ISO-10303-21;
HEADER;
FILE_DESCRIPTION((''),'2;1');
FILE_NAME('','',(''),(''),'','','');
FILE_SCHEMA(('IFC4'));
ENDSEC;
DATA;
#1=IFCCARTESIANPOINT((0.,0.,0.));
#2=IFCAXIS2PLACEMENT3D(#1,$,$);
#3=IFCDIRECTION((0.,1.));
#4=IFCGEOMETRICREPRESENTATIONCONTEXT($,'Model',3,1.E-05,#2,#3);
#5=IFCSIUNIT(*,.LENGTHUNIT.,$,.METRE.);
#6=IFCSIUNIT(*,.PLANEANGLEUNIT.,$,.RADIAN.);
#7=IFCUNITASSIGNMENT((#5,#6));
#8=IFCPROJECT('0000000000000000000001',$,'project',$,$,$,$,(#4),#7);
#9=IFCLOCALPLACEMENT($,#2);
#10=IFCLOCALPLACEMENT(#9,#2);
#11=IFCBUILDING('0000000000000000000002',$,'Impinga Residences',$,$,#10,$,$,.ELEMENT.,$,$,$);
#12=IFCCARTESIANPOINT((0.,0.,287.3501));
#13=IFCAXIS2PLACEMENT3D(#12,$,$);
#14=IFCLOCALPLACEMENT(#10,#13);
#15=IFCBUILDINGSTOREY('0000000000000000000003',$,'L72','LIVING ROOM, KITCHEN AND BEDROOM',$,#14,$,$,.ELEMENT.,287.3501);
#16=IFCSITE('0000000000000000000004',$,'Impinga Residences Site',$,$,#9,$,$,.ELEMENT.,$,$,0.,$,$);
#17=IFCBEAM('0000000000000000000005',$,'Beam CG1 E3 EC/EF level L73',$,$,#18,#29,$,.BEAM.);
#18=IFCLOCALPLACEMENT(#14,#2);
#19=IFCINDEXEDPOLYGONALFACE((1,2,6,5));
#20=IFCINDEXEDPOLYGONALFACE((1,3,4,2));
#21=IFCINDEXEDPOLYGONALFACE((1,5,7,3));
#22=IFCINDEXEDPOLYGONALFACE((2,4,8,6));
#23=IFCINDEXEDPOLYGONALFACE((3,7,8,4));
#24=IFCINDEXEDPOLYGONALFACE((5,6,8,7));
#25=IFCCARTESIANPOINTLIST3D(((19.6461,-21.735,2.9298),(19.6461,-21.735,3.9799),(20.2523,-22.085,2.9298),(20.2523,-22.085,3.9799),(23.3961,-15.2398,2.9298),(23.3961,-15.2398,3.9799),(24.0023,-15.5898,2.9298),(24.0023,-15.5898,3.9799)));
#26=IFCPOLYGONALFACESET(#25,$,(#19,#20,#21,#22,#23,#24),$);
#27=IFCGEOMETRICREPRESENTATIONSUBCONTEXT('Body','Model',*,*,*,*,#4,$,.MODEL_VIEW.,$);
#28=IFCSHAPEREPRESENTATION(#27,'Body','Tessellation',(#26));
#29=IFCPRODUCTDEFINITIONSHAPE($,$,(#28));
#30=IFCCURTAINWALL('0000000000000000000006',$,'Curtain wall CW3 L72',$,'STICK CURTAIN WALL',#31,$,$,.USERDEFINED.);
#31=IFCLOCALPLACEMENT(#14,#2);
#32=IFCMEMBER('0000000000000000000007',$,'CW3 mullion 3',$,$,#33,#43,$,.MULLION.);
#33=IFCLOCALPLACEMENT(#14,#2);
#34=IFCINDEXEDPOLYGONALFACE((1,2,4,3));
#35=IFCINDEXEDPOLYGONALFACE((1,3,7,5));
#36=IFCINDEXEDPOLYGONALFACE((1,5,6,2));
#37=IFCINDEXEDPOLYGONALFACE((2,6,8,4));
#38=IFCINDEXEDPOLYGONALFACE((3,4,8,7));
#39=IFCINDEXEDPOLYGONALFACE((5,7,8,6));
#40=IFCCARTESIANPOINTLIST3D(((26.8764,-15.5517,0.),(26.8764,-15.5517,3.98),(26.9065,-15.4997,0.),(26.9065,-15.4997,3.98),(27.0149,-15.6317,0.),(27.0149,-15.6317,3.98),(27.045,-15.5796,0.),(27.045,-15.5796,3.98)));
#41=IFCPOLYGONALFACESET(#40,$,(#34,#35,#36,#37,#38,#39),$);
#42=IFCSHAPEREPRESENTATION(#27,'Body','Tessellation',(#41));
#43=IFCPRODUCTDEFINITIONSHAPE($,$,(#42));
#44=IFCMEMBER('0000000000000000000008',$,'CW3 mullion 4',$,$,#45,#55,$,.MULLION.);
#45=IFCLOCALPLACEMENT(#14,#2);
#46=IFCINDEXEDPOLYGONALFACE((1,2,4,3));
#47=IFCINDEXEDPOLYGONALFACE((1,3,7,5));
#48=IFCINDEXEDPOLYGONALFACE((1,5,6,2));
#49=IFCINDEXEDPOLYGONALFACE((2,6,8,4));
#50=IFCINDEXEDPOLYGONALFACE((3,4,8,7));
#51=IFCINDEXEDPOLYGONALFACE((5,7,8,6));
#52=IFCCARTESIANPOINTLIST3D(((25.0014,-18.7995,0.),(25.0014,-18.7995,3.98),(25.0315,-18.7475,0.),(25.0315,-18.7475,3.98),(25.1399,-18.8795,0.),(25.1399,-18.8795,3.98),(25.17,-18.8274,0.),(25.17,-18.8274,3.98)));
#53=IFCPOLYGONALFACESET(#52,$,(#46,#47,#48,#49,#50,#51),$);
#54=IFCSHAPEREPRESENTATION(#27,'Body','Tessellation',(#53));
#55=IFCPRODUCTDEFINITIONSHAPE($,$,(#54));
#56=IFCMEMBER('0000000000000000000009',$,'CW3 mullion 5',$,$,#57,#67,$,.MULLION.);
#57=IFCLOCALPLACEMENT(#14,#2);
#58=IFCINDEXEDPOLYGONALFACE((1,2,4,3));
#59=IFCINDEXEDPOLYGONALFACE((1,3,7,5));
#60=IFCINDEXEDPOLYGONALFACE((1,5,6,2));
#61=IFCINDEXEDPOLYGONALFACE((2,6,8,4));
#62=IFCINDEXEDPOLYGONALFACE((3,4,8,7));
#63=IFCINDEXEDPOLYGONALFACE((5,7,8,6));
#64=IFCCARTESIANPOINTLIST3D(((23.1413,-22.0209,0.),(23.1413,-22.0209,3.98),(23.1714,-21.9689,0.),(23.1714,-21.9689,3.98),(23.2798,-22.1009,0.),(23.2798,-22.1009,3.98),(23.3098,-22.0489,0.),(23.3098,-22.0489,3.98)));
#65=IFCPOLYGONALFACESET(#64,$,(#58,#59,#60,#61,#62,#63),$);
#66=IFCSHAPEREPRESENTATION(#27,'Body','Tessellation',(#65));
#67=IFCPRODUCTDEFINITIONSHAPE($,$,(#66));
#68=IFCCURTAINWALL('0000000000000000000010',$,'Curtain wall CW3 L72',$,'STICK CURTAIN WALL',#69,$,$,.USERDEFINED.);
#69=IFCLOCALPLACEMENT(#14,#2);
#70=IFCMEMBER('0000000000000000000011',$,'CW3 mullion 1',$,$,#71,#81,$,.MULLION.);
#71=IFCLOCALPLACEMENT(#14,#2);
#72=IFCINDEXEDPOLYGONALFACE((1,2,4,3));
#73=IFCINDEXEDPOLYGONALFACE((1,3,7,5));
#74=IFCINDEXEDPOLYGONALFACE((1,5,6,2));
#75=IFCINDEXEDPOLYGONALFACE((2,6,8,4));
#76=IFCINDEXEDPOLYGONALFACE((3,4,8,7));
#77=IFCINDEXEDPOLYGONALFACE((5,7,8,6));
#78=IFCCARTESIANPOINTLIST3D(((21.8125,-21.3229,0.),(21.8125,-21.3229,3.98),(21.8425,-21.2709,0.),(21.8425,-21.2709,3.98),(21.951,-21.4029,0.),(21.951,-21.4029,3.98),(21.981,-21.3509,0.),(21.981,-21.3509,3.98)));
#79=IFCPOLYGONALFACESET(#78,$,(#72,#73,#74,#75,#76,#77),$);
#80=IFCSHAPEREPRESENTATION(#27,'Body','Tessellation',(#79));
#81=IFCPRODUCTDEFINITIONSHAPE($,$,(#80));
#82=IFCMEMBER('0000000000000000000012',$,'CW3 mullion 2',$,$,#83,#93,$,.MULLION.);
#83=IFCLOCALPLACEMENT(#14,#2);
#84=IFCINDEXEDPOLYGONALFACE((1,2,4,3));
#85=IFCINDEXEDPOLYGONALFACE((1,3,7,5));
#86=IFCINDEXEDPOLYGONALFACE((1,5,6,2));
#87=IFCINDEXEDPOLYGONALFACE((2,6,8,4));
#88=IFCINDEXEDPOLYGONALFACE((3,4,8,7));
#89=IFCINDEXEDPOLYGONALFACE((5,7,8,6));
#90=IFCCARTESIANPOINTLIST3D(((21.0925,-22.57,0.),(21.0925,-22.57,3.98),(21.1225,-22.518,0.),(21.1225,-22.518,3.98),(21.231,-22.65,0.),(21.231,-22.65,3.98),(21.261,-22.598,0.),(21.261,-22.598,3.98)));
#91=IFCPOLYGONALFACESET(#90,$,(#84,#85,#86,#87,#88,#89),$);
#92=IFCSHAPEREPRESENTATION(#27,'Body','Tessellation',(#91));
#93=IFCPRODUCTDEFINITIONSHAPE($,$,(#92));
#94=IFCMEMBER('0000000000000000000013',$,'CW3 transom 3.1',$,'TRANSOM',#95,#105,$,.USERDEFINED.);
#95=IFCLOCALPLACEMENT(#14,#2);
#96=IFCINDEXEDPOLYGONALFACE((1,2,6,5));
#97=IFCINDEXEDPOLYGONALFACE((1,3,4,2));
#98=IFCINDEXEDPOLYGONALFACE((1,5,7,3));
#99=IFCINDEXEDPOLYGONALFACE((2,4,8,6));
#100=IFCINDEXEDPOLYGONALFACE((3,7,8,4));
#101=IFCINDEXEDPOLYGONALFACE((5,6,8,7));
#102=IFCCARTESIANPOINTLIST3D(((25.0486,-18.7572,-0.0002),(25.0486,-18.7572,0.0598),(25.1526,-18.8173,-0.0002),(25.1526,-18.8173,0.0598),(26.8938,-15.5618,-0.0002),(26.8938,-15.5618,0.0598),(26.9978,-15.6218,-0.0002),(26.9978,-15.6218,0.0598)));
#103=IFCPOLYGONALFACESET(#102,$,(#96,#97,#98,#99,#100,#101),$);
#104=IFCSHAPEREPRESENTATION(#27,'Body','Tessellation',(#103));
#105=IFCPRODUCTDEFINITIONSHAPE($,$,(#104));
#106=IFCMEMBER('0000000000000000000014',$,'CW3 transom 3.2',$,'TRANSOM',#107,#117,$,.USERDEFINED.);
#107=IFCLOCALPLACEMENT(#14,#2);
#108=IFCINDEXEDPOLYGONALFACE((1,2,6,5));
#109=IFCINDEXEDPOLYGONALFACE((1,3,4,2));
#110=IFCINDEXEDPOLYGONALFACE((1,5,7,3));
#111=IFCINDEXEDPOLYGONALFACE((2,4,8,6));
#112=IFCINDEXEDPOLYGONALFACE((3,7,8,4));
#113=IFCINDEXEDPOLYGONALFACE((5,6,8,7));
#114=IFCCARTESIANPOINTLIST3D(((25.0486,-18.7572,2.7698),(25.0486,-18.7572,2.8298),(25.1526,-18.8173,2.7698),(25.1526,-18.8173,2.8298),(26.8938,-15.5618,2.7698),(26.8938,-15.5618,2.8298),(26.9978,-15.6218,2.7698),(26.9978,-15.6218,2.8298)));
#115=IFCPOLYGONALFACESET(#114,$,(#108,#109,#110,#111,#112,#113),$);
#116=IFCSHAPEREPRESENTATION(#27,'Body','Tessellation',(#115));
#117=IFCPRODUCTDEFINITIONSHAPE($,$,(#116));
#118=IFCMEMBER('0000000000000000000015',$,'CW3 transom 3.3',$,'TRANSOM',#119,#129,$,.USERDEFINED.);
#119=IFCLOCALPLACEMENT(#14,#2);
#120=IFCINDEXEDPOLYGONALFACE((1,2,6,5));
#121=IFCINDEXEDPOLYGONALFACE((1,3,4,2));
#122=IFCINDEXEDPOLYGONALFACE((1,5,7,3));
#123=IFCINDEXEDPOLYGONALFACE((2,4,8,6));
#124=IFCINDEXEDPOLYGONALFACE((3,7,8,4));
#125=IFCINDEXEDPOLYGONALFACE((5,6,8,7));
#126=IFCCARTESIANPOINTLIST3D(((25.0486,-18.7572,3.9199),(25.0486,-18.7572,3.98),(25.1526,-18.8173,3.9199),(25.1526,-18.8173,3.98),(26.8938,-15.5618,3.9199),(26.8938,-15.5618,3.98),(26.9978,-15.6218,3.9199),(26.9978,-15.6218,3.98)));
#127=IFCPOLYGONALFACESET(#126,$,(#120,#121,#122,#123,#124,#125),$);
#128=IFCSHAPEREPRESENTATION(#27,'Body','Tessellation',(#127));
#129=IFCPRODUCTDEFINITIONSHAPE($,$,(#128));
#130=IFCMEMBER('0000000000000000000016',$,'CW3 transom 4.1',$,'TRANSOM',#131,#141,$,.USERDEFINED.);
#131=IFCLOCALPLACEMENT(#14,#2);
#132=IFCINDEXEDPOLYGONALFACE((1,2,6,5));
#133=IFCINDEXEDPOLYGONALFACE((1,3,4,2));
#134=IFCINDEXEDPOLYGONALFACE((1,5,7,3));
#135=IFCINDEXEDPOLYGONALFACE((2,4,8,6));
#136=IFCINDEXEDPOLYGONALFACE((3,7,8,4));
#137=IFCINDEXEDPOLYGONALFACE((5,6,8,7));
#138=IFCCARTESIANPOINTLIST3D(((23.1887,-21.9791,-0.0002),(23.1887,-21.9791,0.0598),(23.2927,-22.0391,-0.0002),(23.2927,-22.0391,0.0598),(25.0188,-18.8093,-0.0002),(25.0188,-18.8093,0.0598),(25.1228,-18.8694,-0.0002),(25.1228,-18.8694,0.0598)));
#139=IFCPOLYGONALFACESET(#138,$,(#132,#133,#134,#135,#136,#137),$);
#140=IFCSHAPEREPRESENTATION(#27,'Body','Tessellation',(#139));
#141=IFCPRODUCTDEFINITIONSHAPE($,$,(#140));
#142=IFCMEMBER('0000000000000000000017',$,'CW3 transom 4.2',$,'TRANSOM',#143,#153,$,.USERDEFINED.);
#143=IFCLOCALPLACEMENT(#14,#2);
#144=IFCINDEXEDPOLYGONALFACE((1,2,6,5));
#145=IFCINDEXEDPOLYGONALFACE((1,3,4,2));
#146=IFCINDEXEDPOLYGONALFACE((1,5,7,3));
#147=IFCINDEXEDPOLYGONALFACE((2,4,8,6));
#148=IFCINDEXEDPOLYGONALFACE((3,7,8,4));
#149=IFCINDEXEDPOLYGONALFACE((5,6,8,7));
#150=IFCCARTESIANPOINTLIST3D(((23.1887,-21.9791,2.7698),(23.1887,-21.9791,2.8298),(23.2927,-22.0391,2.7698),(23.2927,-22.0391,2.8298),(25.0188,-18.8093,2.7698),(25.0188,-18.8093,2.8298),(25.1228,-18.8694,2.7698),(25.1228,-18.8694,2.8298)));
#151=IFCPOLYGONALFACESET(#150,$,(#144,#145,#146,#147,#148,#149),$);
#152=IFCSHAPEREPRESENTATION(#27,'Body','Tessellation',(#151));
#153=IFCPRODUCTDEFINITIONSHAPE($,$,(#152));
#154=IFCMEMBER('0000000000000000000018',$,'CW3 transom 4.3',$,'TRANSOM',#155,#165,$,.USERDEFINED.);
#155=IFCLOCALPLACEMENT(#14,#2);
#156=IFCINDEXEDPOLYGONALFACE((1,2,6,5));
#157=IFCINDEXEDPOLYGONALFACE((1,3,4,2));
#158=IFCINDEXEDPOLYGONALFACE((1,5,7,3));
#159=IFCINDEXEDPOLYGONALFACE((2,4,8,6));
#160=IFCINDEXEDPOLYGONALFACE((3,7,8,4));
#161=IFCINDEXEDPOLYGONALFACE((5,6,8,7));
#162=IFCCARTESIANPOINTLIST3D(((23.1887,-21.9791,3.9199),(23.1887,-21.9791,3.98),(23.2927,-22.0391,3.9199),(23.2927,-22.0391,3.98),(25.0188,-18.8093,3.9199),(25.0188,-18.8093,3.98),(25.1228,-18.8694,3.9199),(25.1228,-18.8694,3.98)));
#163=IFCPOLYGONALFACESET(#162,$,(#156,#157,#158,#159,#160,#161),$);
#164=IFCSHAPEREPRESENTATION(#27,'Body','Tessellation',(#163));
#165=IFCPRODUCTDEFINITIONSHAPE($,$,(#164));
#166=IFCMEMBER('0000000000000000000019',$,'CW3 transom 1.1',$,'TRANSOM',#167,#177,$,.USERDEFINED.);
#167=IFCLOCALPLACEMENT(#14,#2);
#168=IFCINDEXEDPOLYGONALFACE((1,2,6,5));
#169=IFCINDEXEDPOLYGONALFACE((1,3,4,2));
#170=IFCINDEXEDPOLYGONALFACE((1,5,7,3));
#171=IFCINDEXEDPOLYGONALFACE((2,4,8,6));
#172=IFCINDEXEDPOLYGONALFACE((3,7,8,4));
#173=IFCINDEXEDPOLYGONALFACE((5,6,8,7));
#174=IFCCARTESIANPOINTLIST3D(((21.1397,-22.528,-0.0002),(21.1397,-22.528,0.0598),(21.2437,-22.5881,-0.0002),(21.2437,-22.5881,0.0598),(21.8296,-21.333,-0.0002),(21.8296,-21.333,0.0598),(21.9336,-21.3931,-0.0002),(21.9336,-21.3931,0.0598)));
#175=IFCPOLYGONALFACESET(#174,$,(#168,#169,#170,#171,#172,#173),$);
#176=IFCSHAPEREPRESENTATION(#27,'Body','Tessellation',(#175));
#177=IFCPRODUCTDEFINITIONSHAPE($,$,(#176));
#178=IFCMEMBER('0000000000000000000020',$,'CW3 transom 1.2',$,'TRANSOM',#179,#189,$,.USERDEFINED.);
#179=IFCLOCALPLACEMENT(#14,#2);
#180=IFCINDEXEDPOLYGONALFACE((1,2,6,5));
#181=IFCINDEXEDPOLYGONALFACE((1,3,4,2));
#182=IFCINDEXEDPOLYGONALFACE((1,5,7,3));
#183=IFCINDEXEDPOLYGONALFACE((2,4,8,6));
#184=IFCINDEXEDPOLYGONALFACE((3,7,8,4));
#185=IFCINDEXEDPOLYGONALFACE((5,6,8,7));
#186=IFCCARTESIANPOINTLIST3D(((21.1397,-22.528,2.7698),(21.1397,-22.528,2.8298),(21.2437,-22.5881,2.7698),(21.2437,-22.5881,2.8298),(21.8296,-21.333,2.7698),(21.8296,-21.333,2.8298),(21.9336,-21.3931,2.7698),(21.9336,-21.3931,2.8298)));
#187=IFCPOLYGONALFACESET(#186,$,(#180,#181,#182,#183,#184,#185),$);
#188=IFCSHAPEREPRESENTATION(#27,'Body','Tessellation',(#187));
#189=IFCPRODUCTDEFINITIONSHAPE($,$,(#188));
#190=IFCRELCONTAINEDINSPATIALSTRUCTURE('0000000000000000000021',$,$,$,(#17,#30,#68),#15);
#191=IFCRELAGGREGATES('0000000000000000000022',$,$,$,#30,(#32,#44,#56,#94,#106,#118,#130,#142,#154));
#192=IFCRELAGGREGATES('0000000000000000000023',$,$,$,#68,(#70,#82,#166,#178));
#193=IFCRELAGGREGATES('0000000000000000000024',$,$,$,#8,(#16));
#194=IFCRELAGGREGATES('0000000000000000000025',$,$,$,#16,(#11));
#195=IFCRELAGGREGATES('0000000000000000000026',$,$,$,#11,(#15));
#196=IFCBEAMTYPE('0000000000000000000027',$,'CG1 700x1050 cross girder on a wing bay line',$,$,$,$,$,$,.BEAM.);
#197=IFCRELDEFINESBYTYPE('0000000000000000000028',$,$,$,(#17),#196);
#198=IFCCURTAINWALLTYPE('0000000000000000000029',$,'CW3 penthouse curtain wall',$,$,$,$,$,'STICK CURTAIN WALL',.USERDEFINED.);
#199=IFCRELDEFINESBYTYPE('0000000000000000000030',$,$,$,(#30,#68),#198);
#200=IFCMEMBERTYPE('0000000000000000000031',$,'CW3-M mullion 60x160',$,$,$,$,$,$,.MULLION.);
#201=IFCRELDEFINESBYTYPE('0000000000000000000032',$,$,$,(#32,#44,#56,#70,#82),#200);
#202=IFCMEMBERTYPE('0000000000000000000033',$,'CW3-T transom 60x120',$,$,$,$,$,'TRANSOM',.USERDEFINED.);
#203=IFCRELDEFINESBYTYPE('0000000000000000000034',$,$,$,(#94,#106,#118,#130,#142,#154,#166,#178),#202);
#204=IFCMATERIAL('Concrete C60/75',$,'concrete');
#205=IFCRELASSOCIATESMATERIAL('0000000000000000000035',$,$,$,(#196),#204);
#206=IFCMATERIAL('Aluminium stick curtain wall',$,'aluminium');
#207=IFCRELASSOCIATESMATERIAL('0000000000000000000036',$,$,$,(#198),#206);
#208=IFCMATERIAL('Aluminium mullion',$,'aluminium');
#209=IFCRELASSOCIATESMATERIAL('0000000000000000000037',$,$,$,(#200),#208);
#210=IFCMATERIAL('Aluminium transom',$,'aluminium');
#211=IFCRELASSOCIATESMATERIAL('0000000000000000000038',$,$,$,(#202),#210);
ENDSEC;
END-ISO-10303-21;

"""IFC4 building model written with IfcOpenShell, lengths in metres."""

from ifc_helpers import new_model, si_unit, direction, frame, origin, origin_2d, place, context, subcontext, project, spatial, rectangle, extrude, material, material_profile, profile_set, type_object, element, aggregate, save


model = new_model("IFC4")

# Units and contexts
model_context = context("Model", 3, precision=1e-05, world=origin(), true_north=direction((0.0, 1.0)))
body_context = subcontext(model_context, "Body", "Model", "MODEL_VIEW")
ifc_project = project(units=[si_unit("LENGTHUNIT", "METRE"), si_unit("PLANEANGLEUNIT", "RADIAN")], contexts=[model_context])

# Site, building, storey
site_placement = place(None, origin())
site = spatial("IfcSite", under=ifc_project, at=site_placement, Name="Impinga Residences Site", CompositionType="ELEMENT", RefElevation=0.0)
building_placement = place(site_placement, origin())
building = spatial("IfcBuilding", under=site, at=building_placement, Name="Impinga Residences", CompositionType="ELEMENT")
storey_placement = place(building_placement, frame((0.0, 0.0, 287.3501)))
storey = spatial("IfcBuildingStorey", under=building, at=storey_placement, Name="L72", Description="LIVING ROOM, KITCHEN AND BEDROOM", CompositionType="ELEMENT", Elevation=287.3501)

# Beam
ifc_material_1 = material(Name="Concrete C60/75", Category="concrete")
ifc_material_profile_1 = material_profile(ifc_material_1, rectangle(XDim=0.7, YDim=1.05, at=origin_2d()), Name="RC 700x1050")
ifc_profile_set_1 = profile_set([ifc_material_profile_1], Name="Concrete C60/75")
beam_type_1 = type_object("IfcBeamType", Name="CG1 700x1050 cross girder on a wing bay line", PredefinedType="BEAM", material=ifc_profile_set_1)
beam_1_placement = place(storey_placement, frame((23.6992, -15.4148, 3.4548), z_axis=(-0.500004, -0.866023, 0.0), x_axis=(0.866023, -0.500004, 0.0)))
element("IfcBeam", 1, at=beam_1_placement, inside=storey, type_object=beam_type_1, Name="Beam CG1 E3 EC/EF level L73", PredefinedType="BEAM", context=body_context, shape_type="SweptSolid", body=[
    extrude(rectangle(XDim=0.7, YDim=1.05, at=origin_2d()), origin(), (0.0, 0.0, 1.0), 7.5),
])

# Curtain walls, members
ifc_material_2 = material(Name="Aluminium stick curtain wall", Category="aluminium")
curtain_wall_type = type_object("IfcCurtainWallType", Name="CW3 penthouse curtain wall", ElementType="STICK CURTAIN WALL", PredefinedType="USERDEFINED", material=ifc_material_2)
curtain_wall_1_placement = place(storey_placement, origin())
curtain_wall_1 = element("IfcCurtainWall", 2, at=curtain_wall_1_placement, inside=storey, type_object=curtain_wall_type, Name="Curtain wall CW3 L72", ObjectType="STICK CURTAIN WALL", PredefinedType="USERDEFINED")
ifc_material_3 = material(Name="Aluminium mullion", Category="aluminium")
ifc_material_profile_2 = material_profile(ifc_material_3, rectangle(XDim=0.0601, YDim=0.1599, at=origin_2d()), Name="60x160 mullion")
ifc_profile_set_2 = profile_set([ifc_material_profile_2], Name="Aluminium mullion")
member_type_1 = type_object("IfcMemberType", Name="CW3-M mullion 60x160", PredefinedType="MULLION", material=ifc_profile_set_2)
member_1_placement = place(storey_placement, frame((26.9607, -15.5657, 0.0), z_axis=(0.0, 0.0, 1.0), x_axis=(-0.5, -0.866025, 0.0)))
member_1 = element("IfcMember", 3, at=member_1_placement, type_object=member_type_1, Name="CW3 mullion 3", PredefinedType="MULLION", context=body_context, shape_type="SweptSolid", body=[
    extrude(rectangle(XDim=0.0601, YDim=0.1599, at=origin_2d()), origin(), (0.0, 0.0, 1.0), 3.98),
])
member_2_placement = place(storey_placement, frame((25.0857, -18.8135, 0.0), z_axis=(0.0, 0.0, 1.0), x_axis=(-0.5, -0.866025, 0.0)))
member_2 = element("IfcMember", 4, at=member_2_placement, type_object=member_type_1, Name="CW3 mullion 4", PredefinedType="MULLION", context=body_context, shape_type="SweptSolid", body=[
    extrude(rectangle(XDim=0.0601, YDim=0.1599, at=origin_2d()), origin(), (0.0, 0.0, 1.0), 3.98),
])
member_3_placement = place(storey_placement, frame((23.2256, -22.0349, 0.0), z_axis=(0.0, 0.0, 1.0), x_axis=(-0.5, -0.866025, 0.0)))
member_3 = element("IfcMember", 5, at=member_3_placement, type_object=member_type_1, Name="CW3 mullion 5", PredefinedType="MULLION", context=body_context, shape_type="SweptSolid", body=[
    extrude(rectangle(XDim=0.0601, YDim=0.1599, at=origin_2d()), origin(), (0.0, 0.0, 1.0), 3.98),
])
curtain_wall_2_placement = place(storey_placement, origin())
curtain_wall_2 = element("IfcCurtainWall", 6, at=curtain_wall_2_placement, inside=storey, type_object=curtain_wall_type, Name="Curtain wall CW3 L72", ObjectType="STICK CURTAIN WALL", PredefinedType="USERDEFINED")
member_4_placement = place(storey_placement, frame((21.8967, -21.3369, 0.0), z_axis=(0.0, 0.0, 1.0), x_axis=(-0.5, -0.866025, 0.0)))
member_4 = element("IfcMember", 7, at=member_4_placement, type_object=member_type_1, Name="CW3 mullion 1", PredefinedType="MULLION", context=body_context, shape_type="SweptSolid", body=[
    extrude(rectangle(XDim=0.0601, YDim=0.1599, at=origin_2d()), origin(), (0.0, 0.0, 1.0), 3.98),
])
member_5_placement = place(storey_placement, frame((21.1768, -22.584, 0.0), z_axis=(0.0, 0.0, 1.0), x_axis=(-0.5, -0.866025, 0.0)))
member_5 = element("IfcMember", 8, at=member_5_placement, type_object=member_type_1, Name="CW3 mullion 2", PredefinedType="MULLION", context=body_context, shape_type="SweptSolid", body=[
    extrude(rectangle(XDim=0.0601, YDim=0.1599, at=origin_2d()), origin(), (0.0, 0.0, 1.0), 3.98),
])

# Members
ifc_material_4 = material(Name="Aluminium transom", Category="aluminium")
ifc_material_profile_3 = material_profile(ifc_material_4, rectangle(XDim=0.0601, YDim=0.1201, at=origin_2d()), Name="60x120 transom")
ifc_profile_set_3 = profile_set([ifc_material_profile_3], Name="Aluminium transom")
member_type_2 = type_object("IfcMemberType", Name="CW3-T transom 60x120", ElementType="TRANSOM", PredefinedType="USERDEFINED", material=ifc_profile_set_3)
member_6_placement = place(storey_placement, frame((26.9458, -15.5918, 0.0298), z_axis=(-0.500053, -0.865995, 0.0), x_axis=(0.0, 0.0, 1.0)))
member_6 = element("IfcMember", 9, at=member_6_placement, type_object=member_type_2, Name="CW3 transom 3.1", ObjectType="TRANSOM", PredefinedType="USERDEFINED", context=body_context, shape_type="SweptSolid", body=[
    extrude(rectangle(XDim=0.0601, YDim=0.1201, at=origin_2d()), origin(), (0.0, 0.0, 1.0), 3.6899),
])
member_7_placement = place(storey_placement, frame((26.9458, -15.5918, 2.7998), z_axis=(-0.500053, -0.865995, 0.0), x_axis=(0.0, 0.0, 1.0)))
member_7 = element("IfcMember", 10, at=member_7_placement, type_object=member_type_2, Name="CW3 transom 3.2", ObjectType="TRANSOM", PredefinedType="USERDEFINED", context=body_context, shape_type="SweptSolid", body=[
    extrude(rectangle(XDim=0.0601, YDim=0.1201, at=origin_2d()), origin(), (0.0, 0.0, 1.0), 3.6899),
])
member_8_placement = place(storey_placement, frame((26.9458, -15.5918, 3.95), z_axis=(-0.500053, -0.865995, 0.0), x_axis=(0.0, 0.0, 1.0)))
member_8 = element("IfcMember", 11, at=member_8_placement, type_object=member_type_2, Name="CW3 transom 3.3", ObjectType="TRANSOM", PredefinedType="USERDEFINED", context=body_context, shape_type="SweptSolid", body=[
    extrude(rectangle(XDim=0.0601, YDim=0.1201, at=origin_2d()), origin(), (0.0, 0.0, 1.0), 3.6899),
])
member_9_placement = place(storey_placement, frame((25.0708, -18.8394, 0.0298), z_axis=(-0.500013, -0.866018, 0.0), x_axis=(0.0, 0.0, 1.0)))
member_9 = element("IfcMember", 12, at=member_9_placement, type_object=member_type_2, Name="CW3 transom 4.1", ObjectType="TRANSOM", PredefinedType="USERDEFINED", context=body_context, shape_type="SweptSolid", body=[
    extrude(rectangle(XDim=0.0601, YDim=0.1201, at=origin_2d()), origin(), (0.0, 0.0, 1.0), 3.6602),
])
member_10_placement = place(storey_placement, frame((25.0708, -18.8394, 2.7998), z_axis=(-0.500013, -0.866018, 0.0), x_axis=(0.0, 0.0, 1.0)))
member_10 = element("IfcMember", 13, at=member_10_placement, type_object=member_type_2, Name="CW3 transom 4.2", ObjectType="TRANSOM", PredefinedType="USERDEFINED", context=body_context, shape_type="SweptSolid", body=[
    extrude(rectangle(XDim=0.0601, YDim=0.1201, at=origin_2d()), origin(), (0.0, 0.0, 1.0), 3.6602),
])
member_11_placement = place(storey_placement, frame((25.0708, -18.8394, 3.95), z_axis=(-0.500013, -0.866018, 0.0), x_axis=(0.0, 0.0, 1.0)))
member_11 = element("IfcMember", 14, at=member_11_placement, type_object=member_type_2, Name="CW3 transom 4.3", ObjectType="TRANSOM", PredefinedType="USERDEFINED", context=body_context, shape_type="SweptSolid", body=[
    extrude(rectangle(XDim=0.0601, YDim=0.1201, at=origin_2d()), origin(), (0.0, 0.0, 1.0), 3.6602),
])
member_12_placement = place(storey_placement, frame((21.8816, -21.363, 0.0298), z_axis=(-0.499983, -0.866035, 0.0), x_axis=(0.0, 0.0, 1.0)))
member_12 = element("IfcMember", 15, at=member_12_placement, type_object=member_type_2, Name="CW3 transom 1.1", ObjectType="TRANSOM", PredefinedType="USERDEFINED", context=body_context, shape_type="SweptSolid", body=[
    extrude(rectangle(XDim=0.0601, YDim=0.1201, at=origin_2d()), origin(), (0.0, 0.0, 1.0), 1.3799),
])
member_13_placement = place(storey_placement, frame((21.8816, -21.363, 2.7998), z_axis=(-0.499983, -0.866035, 0.0), x_axis=(0.0, 0.0, 1.0)))
member_13 = element("IfcMember", 16, at=member_13_placement, type_object=member_type_2, Name="CW3 transom 1.2", ObjectType="TRANSOM", PredefinedType="USERDEFINED", context=body_context, shape_type="SweptSolid", body=[
    extrude(rectangle(XDim=0.0601, YDim=0.1201, at=origin_2d()), origin(), (0.0, 0.0, 1.0), 1.3799),
])

aggregate(curtain_wall_1, [member_1, member_2, member_3, member_6, member_7, member_8, member_9, member_10, member_11])
aggregate(curtain_wall_2, [member_4, member_5, member_12, member_13])

save(model, "model.ifc")
